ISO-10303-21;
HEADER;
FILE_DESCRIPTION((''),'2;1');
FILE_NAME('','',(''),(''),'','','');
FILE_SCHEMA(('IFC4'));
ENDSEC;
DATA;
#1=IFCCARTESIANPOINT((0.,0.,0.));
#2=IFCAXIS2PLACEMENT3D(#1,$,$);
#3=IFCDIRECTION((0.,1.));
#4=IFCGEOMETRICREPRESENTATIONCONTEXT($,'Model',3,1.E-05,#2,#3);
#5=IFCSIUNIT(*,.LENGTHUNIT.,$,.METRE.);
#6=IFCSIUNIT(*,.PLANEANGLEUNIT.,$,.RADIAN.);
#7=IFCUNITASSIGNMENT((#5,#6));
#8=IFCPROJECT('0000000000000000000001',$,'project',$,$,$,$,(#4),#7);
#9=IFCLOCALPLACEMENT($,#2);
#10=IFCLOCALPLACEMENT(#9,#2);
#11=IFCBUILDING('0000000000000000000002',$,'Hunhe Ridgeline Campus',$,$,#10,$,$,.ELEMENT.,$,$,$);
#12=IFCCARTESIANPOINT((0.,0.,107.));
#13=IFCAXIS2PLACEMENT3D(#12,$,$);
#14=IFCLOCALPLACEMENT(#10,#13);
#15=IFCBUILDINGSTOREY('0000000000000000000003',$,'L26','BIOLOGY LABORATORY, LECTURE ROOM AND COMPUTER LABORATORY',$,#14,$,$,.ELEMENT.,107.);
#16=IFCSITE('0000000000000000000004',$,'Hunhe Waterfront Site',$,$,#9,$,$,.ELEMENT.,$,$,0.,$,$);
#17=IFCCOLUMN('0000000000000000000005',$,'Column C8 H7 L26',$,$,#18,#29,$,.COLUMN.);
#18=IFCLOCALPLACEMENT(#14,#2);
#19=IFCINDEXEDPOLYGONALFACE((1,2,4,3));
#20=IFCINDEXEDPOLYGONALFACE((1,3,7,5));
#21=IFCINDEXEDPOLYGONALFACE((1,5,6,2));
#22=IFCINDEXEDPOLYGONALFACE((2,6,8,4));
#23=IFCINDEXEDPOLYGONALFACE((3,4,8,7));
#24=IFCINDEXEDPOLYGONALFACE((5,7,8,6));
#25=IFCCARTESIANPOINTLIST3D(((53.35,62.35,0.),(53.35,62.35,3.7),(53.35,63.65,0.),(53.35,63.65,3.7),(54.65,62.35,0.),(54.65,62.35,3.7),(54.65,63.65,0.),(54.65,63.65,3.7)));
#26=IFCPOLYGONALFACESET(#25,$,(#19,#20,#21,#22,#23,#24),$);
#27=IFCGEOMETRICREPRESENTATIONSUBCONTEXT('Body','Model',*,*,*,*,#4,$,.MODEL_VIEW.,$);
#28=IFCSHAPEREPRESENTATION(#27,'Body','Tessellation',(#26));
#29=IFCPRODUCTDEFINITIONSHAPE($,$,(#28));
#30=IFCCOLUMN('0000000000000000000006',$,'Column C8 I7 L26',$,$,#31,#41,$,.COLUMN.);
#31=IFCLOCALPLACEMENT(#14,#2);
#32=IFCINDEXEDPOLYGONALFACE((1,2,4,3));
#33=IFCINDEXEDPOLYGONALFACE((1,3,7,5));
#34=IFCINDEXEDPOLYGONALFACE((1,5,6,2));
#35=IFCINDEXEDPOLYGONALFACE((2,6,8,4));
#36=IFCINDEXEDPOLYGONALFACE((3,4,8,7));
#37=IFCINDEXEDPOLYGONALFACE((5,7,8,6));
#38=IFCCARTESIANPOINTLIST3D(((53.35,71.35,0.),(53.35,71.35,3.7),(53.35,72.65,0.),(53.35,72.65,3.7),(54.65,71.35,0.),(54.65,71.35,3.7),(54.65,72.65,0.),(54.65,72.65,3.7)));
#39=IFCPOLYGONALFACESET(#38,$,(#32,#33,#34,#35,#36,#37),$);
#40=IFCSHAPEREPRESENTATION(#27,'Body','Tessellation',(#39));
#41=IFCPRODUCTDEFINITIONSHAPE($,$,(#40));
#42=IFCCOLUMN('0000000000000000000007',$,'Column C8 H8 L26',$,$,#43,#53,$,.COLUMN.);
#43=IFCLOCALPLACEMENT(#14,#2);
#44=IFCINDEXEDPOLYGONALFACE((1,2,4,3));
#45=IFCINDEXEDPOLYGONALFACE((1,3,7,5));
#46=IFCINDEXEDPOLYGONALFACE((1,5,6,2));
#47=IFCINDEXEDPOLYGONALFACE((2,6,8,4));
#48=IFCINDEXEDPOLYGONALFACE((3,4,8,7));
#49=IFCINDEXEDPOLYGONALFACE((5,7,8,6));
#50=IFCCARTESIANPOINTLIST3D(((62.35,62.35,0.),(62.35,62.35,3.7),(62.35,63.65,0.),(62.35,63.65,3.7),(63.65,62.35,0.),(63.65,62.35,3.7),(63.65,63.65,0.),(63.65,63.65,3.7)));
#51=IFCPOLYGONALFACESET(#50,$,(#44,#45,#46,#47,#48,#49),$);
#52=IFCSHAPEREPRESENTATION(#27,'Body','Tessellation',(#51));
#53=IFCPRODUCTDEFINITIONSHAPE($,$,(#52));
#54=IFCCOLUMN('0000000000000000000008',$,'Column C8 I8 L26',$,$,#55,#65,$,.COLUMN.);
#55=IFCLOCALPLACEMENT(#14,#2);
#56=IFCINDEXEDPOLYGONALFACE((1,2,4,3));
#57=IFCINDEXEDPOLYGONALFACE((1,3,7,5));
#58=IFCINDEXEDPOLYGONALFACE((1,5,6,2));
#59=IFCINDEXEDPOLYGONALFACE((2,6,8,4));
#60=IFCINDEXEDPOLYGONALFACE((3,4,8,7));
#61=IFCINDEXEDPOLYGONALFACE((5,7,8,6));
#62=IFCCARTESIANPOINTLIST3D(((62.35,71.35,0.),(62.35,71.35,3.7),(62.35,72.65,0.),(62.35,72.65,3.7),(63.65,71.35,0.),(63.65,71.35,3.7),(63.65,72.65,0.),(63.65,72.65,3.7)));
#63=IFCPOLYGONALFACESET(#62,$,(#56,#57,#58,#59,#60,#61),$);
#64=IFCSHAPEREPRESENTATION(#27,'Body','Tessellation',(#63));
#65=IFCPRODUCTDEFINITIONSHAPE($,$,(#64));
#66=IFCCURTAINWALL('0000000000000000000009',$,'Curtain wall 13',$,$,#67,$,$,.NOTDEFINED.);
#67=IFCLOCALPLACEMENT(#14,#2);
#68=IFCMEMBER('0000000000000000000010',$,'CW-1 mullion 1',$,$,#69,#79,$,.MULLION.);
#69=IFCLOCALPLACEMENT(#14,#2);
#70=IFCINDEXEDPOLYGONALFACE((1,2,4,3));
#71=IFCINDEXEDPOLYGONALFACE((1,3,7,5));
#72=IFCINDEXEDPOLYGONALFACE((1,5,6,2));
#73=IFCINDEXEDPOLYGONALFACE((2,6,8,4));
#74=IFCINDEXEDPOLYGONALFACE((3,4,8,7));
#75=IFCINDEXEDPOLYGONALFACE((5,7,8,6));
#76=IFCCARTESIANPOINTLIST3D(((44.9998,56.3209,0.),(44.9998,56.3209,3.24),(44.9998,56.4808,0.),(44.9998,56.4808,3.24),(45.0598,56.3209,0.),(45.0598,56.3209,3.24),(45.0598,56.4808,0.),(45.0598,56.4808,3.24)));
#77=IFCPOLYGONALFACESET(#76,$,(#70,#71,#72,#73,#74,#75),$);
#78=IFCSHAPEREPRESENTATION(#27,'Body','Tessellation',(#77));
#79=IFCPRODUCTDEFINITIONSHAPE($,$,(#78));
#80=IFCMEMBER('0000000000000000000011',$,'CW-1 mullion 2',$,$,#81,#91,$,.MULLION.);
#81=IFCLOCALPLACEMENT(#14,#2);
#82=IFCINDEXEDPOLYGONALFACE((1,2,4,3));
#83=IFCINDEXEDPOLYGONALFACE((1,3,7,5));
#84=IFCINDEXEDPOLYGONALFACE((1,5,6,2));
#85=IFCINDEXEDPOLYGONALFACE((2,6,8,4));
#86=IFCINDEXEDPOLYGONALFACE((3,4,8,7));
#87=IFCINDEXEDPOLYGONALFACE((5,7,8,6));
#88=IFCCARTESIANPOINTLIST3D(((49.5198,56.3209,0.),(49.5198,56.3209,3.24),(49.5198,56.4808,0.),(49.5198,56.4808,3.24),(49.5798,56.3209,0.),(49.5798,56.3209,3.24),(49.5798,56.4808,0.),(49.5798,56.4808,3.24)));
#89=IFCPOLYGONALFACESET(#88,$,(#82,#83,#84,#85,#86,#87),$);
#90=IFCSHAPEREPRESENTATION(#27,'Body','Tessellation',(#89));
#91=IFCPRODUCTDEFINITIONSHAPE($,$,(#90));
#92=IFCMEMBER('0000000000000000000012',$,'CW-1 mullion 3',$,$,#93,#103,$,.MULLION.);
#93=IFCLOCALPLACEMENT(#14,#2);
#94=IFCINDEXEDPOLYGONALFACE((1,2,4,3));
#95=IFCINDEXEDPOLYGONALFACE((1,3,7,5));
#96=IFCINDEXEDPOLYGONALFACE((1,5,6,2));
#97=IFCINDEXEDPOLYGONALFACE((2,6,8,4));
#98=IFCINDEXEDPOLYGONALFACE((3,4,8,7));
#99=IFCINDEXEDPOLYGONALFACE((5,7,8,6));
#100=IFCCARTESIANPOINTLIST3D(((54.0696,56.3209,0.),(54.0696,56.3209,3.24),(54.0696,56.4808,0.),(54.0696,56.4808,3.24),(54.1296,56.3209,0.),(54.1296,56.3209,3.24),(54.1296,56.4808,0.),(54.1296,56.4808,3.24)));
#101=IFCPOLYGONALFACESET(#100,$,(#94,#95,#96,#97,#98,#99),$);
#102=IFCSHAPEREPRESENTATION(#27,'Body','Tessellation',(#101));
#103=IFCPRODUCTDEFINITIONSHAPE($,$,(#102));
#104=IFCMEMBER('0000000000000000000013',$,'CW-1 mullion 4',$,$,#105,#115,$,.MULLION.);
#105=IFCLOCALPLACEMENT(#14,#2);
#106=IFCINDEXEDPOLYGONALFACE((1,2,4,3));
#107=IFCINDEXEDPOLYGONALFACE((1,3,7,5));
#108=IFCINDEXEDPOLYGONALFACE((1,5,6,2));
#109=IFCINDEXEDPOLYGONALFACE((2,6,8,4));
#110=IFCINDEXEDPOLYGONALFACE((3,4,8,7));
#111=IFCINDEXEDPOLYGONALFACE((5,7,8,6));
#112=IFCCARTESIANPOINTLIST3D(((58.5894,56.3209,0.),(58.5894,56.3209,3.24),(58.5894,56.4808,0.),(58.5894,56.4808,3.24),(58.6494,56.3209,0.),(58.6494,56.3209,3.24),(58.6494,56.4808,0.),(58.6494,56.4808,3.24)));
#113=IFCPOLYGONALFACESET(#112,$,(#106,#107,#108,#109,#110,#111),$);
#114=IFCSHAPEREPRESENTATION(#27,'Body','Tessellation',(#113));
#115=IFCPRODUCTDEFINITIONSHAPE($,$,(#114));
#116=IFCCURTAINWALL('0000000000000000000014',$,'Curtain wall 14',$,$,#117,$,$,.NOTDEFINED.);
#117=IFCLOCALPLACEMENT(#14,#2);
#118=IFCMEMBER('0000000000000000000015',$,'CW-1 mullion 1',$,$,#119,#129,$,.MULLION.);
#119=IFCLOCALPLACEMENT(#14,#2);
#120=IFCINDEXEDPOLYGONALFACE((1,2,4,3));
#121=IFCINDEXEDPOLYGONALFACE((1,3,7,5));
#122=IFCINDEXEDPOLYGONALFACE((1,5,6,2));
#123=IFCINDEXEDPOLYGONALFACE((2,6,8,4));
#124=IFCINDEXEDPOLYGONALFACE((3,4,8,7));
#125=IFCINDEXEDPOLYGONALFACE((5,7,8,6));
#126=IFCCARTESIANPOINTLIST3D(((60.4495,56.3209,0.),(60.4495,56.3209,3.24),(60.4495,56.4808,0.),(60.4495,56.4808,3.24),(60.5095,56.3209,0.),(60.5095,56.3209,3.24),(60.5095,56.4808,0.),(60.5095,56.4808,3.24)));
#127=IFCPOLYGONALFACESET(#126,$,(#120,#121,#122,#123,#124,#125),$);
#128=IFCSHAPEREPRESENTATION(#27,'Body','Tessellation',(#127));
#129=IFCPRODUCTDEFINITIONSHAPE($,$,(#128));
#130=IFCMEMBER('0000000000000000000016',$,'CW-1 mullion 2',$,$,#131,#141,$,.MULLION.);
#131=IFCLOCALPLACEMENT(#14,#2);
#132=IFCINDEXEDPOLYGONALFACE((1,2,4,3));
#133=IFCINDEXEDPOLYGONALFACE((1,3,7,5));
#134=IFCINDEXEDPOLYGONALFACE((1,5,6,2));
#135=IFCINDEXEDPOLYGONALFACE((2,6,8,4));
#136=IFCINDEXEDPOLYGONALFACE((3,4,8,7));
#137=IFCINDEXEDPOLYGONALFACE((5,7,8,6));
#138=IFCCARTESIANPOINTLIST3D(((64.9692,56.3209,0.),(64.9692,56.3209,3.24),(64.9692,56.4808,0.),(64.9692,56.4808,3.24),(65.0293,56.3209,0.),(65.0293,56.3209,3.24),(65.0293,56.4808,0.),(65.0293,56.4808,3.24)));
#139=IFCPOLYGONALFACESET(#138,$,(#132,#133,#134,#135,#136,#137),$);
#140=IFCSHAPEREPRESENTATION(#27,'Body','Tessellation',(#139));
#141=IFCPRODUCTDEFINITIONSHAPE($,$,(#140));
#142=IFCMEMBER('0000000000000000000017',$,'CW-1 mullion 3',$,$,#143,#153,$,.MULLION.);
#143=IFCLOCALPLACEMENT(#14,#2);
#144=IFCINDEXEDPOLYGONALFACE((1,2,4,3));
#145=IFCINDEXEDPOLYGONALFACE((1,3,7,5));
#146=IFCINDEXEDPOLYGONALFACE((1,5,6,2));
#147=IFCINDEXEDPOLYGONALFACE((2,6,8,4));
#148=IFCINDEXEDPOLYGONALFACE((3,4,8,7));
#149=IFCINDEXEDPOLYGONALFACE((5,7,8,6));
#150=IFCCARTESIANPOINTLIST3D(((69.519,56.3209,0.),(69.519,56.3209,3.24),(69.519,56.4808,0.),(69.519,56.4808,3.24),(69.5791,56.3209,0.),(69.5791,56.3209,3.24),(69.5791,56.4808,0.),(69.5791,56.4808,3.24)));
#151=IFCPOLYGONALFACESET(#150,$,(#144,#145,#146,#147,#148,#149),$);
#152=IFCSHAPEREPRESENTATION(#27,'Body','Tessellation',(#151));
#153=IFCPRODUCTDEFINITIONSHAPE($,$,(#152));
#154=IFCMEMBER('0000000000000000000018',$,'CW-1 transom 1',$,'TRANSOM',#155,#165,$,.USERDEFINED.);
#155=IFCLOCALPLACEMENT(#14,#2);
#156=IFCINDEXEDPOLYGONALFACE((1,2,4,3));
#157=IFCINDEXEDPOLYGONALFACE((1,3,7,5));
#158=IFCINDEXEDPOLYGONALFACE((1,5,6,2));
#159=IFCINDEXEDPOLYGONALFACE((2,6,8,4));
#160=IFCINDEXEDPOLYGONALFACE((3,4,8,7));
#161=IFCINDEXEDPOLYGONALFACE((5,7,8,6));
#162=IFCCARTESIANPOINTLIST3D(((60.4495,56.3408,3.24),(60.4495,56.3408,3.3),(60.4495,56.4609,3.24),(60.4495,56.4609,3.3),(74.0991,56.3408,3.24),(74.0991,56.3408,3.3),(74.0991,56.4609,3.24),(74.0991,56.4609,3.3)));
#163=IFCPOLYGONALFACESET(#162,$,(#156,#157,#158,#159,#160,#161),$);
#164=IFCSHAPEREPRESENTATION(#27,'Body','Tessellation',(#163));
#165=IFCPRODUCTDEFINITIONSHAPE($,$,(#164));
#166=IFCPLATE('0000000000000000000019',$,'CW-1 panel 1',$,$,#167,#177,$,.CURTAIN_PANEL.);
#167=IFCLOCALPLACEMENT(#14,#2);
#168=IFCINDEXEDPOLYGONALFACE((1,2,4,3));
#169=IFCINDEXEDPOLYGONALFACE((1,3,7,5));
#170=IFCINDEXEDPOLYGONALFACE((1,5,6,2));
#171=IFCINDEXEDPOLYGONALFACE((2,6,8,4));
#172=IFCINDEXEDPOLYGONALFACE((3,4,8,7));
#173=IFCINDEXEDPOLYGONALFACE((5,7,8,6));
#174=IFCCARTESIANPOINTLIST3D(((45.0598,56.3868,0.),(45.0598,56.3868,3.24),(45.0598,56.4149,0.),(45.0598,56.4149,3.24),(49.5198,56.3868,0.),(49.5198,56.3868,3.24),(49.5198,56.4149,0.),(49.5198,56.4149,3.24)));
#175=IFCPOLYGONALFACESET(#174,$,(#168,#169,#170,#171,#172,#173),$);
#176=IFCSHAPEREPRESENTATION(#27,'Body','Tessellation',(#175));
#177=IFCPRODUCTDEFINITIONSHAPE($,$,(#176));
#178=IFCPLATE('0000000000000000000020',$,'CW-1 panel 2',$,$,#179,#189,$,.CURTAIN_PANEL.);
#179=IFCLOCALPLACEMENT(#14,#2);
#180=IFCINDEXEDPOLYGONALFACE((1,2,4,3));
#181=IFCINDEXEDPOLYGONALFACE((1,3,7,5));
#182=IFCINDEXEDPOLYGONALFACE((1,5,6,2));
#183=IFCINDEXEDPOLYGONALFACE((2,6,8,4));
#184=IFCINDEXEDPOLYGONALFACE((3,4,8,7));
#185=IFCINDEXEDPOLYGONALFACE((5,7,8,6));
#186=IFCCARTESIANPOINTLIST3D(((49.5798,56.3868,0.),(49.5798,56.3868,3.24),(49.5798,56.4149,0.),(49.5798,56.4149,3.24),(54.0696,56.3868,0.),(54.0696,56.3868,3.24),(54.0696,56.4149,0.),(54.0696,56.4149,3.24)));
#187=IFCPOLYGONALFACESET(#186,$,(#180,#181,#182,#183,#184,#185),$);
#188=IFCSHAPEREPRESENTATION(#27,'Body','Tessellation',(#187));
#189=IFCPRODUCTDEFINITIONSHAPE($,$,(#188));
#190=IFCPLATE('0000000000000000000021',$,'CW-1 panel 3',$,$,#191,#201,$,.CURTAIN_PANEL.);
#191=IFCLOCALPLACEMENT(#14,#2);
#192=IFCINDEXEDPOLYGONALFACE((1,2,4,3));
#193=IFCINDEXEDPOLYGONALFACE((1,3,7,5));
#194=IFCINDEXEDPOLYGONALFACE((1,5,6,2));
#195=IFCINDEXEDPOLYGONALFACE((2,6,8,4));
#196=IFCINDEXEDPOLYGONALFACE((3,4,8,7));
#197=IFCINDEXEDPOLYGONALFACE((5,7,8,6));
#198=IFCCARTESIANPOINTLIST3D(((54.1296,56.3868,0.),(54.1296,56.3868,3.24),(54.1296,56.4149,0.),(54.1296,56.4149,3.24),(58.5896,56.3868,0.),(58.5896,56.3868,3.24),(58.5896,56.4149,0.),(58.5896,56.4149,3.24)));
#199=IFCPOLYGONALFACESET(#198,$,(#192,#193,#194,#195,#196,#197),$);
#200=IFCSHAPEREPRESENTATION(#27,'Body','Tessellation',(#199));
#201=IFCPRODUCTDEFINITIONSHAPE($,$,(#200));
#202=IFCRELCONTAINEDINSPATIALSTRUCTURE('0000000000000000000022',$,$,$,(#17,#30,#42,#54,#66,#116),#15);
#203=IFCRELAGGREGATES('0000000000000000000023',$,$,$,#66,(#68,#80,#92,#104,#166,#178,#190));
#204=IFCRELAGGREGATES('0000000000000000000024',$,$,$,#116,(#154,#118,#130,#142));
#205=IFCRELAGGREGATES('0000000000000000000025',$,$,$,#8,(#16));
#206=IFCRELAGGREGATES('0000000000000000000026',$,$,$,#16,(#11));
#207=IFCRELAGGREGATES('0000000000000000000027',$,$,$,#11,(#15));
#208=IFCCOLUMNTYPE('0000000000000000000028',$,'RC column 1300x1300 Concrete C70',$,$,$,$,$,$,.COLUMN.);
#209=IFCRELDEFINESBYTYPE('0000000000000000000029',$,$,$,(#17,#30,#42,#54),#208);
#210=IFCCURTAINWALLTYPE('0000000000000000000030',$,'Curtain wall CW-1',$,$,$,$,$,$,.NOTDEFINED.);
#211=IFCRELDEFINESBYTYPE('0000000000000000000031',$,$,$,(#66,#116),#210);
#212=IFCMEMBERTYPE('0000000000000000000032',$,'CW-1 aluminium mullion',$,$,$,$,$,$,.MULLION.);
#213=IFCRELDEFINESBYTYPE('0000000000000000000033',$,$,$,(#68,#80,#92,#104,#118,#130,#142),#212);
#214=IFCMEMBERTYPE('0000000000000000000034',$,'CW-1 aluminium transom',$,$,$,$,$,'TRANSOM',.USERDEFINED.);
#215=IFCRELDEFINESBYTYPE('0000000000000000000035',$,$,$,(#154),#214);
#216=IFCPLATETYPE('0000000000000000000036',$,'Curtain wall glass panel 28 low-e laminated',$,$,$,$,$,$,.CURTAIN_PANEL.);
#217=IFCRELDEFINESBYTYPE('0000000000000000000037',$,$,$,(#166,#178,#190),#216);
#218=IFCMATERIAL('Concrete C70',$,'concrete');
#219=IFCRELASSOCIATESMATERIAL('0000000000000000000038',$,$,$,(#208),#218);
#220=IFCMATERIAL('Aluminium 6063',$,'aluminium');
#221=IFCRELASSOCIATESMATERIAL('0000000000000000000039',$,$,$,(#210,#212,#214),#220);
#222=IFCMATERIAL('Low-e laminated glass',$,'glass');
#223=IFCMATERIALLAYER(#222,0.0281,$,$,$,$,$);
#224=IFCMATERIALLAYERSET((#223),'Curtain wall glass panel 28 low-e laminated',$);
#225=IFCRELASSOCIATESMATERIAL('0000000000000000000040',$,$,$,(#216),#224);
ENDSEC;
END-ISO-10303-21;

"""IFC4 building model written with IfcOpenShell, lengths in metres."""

from ifc_helpers import new_model, si_unit, direction, frame, origin, origin_2d, place, context, subcontext, project, spatial, rectangle, extrude, material, layer, layer_set, material_profile, profile_set, type_object, element, aggregate, save


model = new_model("IFC4")

# Units and contexts
model_context = context("Model", 3, precision=1e-05, world=origin(), true_north=direction((0.0, 1.0)))
body_context = subcontext(model_context, "Body", "Model", "MODEL_VIEW")
ifc_project = project(units=[si_unit("LENGTHUNIT", "METRE"), si_unit("PLANEANGLEUNIT", "RADIAN")], contexts=[model_context])

# Site, building, storey
site_placement = place(None, origin())
site = spatial("IfcSite", under=ifc_project, at=site_placement, Name="Hunhe Waterfront Site", CompositionType="ELEMENT", RefElevation=0.0)
building_placement = place(site_placement, origin())
building = spatial("IfcBuilding", under=site, at=building_placement, Name="Hunhe Ridgeline Campus", CompositionType="ELEMENT")
storey_placement = place(building_placement, frame((0.0, 0.0, 107.0)))
storey = spatial("IfcBuildingStorey", under=building, at=storey_placement, Name="L26", Description="BIOLOGY LABORATORY, LECTURE ROOM AND COMPUTER LABORATORY", CompositionType="ELEMENT", Elevation=107.0)

# Columns
ifc_material_1 = material(Name="Concrete C70", Category="concrete")
ifc_material_profile_1 = material_profile(ifc_material_1, rectangle(XDim=1.3, YDim=1.3, at=origin_2d()))
ifc_profile_set_1 = profile_set([ifc_material_profile_1], Name="Concrete C70")
column_type = type_object("IfcColumnType", Name="RC column 1300x1300 Concrete C70", PredefinedType="COLUMN", material=ifc_profile_set_1)
for number, where, z_axis, x_axis, name in (
    (1, (54.0, 63.0, 0.0), (0.0, 0.0, 1.0), (1.0, 0.0, 0.0), "Column C8 H7 L26"),
    (2, (54.0, 72.0, 0.0), (0.0, 0.0, 1.0), (1.0, 0.0, 0.0), "Column C8 I7 L26"),
    (3, (63.0, 63.0, 0.0), (0.0, 0.0, 1.0), (1.0, 0.0, 0.0), "Column C8 H8 L26"),
    (4, (63.0, 72.0, 0.0), (0.0, 0.0, 1.0), (1.0, 0.0, 0.0), "Column C8 I8 L26"),
):
    element("IfcColumn", number, at=place(storey_placement, frame(where, z_axis=z_axis, x_axis=x_axis)), inside=storey, type_object=column_type, Name=name, PredefinedType="COLUMN", context=body_context, shape_type="SweptSolid", body=[
        extrude(rectangle(XDim=1.3, YDim=1.3, at=origin_2d()), origin(), (0.0, 0.0, 1.0), 3.7),
    ])

# Curtain walls, members
ifc_material_2 = material(Name="Aluminium 6063", Category="aluminium")
curtain_wall_type = type_object("IfcCurtainWallType", Name="Curtain wall CW-1", PredefinedType="NOTDEFINED", material=ifc_material_2)
curtain_wall_1_placement = place(storey_placement, origin())
curtain_wall_1 = element("IfcCurtainWall", 5, at=curtain_wall_1_placement, inside=storey, type_object=curtain_wall_type, Name="Curtain wall 13", PredefinedType="NOTDEFINED")
ifc_material_profile_2 = material_profile(ifc_material_2, rectangle(XDim=0.1599, YDim=0.0601, at=origin_2d()))
ifc_profile_set_2 = profile_set([ifc_material_profile_2], Name="Aluminium 6063")
member_type_1 = type_object("IfcMemberType", Name="CW-1 aluminium mullion", PredefinedType="MULLION", material=ifc_profile_set_2)
member_1_placement = place(storey_placement, frame((45.0298, 56.4009, 0.0), z_axis=(0.0, 0.0, 1.0), x_axis=(0.0, 1.0, 0.0)))
member_1 = element("IfcMember", 6, at=member_1_placement, type_object=member_type_1, Name="CW-1 mullion 1", PredefinedType="MULLION", context=body_context, shape_type="SweptSolid", body=[
    extrude(rectangle(XDim=0.1599, YDim=0.0601, at=origin_2d()), origin(), (0.0, 0.0, 1.0), 3.24),
])
member_2_placement = place(storey_placement, frame((49.5498, 56.4009, 0.0), z_axis=(0.0, 0.0, 1.0), x_axis=(0.0, 1.0, 0.0)))
member_2 = element("IfcMember", 7, at=member_2_placement, type_object=member_type_1, Name="CW-1 mullion 2", PredefinedType="MULLION", context=body_context, shape_type="SweptSolid", body=[
    extrude(rectangle(XDim=0.1599, YDim=0.0601, at=origin_2d()), origin(), (0.0, 0.0, 1.0), 3.24),
])
member_3_placement = place(storey_placement, frame((54.0996, 56.4009, 0.0), z_axis=(0.0, 0.0, 1.0), x_axis=(0.0, 1.0, 0.0)))
member_3 = element("IfcMember", 8, at=member_3_placement, type_object=member_type_1, Name="CW-1 mullion 3", PredefinedType="MULLION", context=body_context, shape_type="SweptSolid", body=[
    extrude(rectangle(XDim=0.1599, YDim=0.0601, at=origin_2d()), origin(), (0.0, 0.0, 1.0), 3.24),
])
member_4_placement = place(storey_placement, frame((58.6194, 56.4009, 0.0), z_axis=(0.0, 0.0, 1.0), x_axis=(0.0, 1.0, 0.0)))
member_4 = element("IfcMember", 9, at=member_4_placement, type_object=member_type_1, Name="CW-1 mullion 4", PredefinedType="MULLION", context=body_context, shape_type="SweptSolid", body=[
    extrude(rectangle(XDim=0.1599, YDim=0.0601, at=origin_2d()), origin(), (0.0, 0.0, 1.0), 3.24),
])
curtain_wall_2_placement = place(storey_placement, origin())
curtain_wall_2 = element("IfcCurtainWall", 10, at=curtain_wall_2_placement, inside=storey, type_object=curtain_wall_type, Name="Curtain wall 14", PredefinedType="NOTDEFINED")
member_5_placement = place(storey_placement, frame((60.4795, 56.4009, 0.0), z_axis=(0.0, 0.0, 1.0), x_axis=(0.0, 1.0, 0.0)))
member_5 = element("IfcMember", 11, at=member_5_placement, type_object=member_type_1, Name="CW-1 mullion 1", PredefinedType="MULLION", context=body_context, shape_type="SweptSolid", body=[
    extrude(rectangle(XDim=0.1599, YDim=0.0601, at=origin_2d()), origin(), (0.0, 0.0, 1.0), 3.24),
])
member_6_placement = place(storey_placement, frame((64.9993, 56.4009, 0.0), z_axis=(0.0, 0.0, 1.0), x_axis=(0.0, 1.0, 0.0)))
member_6 = element("IfcMember", 12, at=member_6_placement, type_object=member_type_1, Name="CW-1 mullion 2", PredefinedType="MULLION", context=body_context, shape_type="SweptSolid", body=[
    extrude(rectangle(XDim=0.1599, YDim=0.0601, at=origin_2d()), origin(), (0.0, 0.0, 1.0), 3.24),
])
member_7_placement = place(storey_placement, frame((69.5491, 56.4009, 0.0), z_axis=(0.0, 0.0, 1.0), x_axis=(0.0, 1.0, 0.0)))
member_7 = element("IfcMember", 13, at=member_7_placement, type_object=member_type_1, Name="CW-1 mullion 3", PredefinedType="MULLION", context=body_context, shape_type="SweptSolid", body=[
    extrude(rectangle(XDim=0.1599, YDim=0.0601, at=origin_2d()), origin(), (0.0, 0.0, 1.0), 3.24),
])
ifc_material_profile_3 = material_profile(ifc_material_2, rectangle(XDim=0.1201, YDim=0.0601, at=origin_2d()))
ifc_profile_set_3 = profile_set([ifc_material_profile_3], Name="Aluminium 6063")
member_type_2 = type_object("IfcMemberType", Name="CW-1 aluminium transom", ElementType="TRANSOM", PredefinedType="USERDEFINED", material=ifc_profile_set_3)
member_8_placement = place(storey_placement, frame((60.4495, 56.4009, 3.27), z_axis=(1.0, 0.0, 0.0), x_axis=(0.0, 1.0, 0.0)))
member_8 = element("IfcMember", 14, at=member_8_placement, type_object=member_type_2, Name="CW-1 transom 1", ObjectType="TRANSOM", PredefinedType="USERDEFINED", context=body_context, shape_type="SweptSolid", body=[
    extrude(rectangle(XDim=0.1201, YDim=0.0601, at=origin_2d()), origin(), (0.0, 0.0, 1.0), 13.6497),
])

# Plates
ifc_material_3 = material(Name="Low-e laminated glass", Category="glass")
ifc_layer_1 = layer(ifc_material_3, 0.0281)
ifc_layer_set_1 = layer_set([ifc_layer_1], Name="Curtain wall glass panel 28 low-e laminated")
plate_type = type_object("IfcPlateType", Name="Curtain wall glass panel 28 low-e laminated", PredefinedType="CURTAIN_PANEL", material=ifc_layer_set_1)
plate_1_placement = place(storey_placement, frame((47.2898, 56.4009, 0.0), z_axis=(0.0, 0.0, 1.0), x_axis=(1.0, 0.0, 0.0)))
plate_1 = element("IfcPlate", 15, at=plate_1_placement, type_object=plate_type, Name="CW-1 panel 1", PredefinedType="CURTAIN_PANEL", context=body_context, shape_type="SweptSolid", body=[
    extrude(rectangle(XDim=4.46, YDim=0.0281, at=origin_2d()), origin(), (0.0, 0.0, 1.0), 3.24),
])
plate_2_placement = place(storey_placement, frame((51.8247, 56.4009, 0.0), z_axis=(0.0, 0.0, 1.0), x_axis=(1.0, 0.0, 0.0)))
plate_2 = element("IfcPlate", 16, at=plate_2_placement, type_object=plate_type, Name="CW-1 panel 2", PredefinedType="CURTAIN_PANEL", context=body_context, shape_type="SweptSolid", body=[
    extrude(rectangle(XDim=4.4897, YDim=0.0281, at=origin_2d()), origin(), (0.0, 0.0, 1.0), 3.24),
])
plate_3_placement = place(storey_placement, frame((56.3596, 56.4009, 0.0), z_axis=(0.0, 0.0, 1.0), x_axis=(1.0, 0.0, 0.0)))
plate_3 = element("IfcPlate", 17, at=plate_3_placement, type_object=plate_type, Name="CW-1 panel 3", PredefinedType="CURTAIN_PANEL", context=body_context, shape_type="SweptSolid", body=[
    extrude(rectangle(XDim=4.46, YDim=0.0281, at=origin_2d()), origin(), (0.0, 0.0, 1.0), 3.24),
])
aggregate(curtain_wall_1, [member_1, member_2, member_3, member_4, plate_1, plate_2, plate_3])
aggregate(curtain_wall_2, [member_8, member_5, member_6, member_7])

save(model, "model.ifc")
